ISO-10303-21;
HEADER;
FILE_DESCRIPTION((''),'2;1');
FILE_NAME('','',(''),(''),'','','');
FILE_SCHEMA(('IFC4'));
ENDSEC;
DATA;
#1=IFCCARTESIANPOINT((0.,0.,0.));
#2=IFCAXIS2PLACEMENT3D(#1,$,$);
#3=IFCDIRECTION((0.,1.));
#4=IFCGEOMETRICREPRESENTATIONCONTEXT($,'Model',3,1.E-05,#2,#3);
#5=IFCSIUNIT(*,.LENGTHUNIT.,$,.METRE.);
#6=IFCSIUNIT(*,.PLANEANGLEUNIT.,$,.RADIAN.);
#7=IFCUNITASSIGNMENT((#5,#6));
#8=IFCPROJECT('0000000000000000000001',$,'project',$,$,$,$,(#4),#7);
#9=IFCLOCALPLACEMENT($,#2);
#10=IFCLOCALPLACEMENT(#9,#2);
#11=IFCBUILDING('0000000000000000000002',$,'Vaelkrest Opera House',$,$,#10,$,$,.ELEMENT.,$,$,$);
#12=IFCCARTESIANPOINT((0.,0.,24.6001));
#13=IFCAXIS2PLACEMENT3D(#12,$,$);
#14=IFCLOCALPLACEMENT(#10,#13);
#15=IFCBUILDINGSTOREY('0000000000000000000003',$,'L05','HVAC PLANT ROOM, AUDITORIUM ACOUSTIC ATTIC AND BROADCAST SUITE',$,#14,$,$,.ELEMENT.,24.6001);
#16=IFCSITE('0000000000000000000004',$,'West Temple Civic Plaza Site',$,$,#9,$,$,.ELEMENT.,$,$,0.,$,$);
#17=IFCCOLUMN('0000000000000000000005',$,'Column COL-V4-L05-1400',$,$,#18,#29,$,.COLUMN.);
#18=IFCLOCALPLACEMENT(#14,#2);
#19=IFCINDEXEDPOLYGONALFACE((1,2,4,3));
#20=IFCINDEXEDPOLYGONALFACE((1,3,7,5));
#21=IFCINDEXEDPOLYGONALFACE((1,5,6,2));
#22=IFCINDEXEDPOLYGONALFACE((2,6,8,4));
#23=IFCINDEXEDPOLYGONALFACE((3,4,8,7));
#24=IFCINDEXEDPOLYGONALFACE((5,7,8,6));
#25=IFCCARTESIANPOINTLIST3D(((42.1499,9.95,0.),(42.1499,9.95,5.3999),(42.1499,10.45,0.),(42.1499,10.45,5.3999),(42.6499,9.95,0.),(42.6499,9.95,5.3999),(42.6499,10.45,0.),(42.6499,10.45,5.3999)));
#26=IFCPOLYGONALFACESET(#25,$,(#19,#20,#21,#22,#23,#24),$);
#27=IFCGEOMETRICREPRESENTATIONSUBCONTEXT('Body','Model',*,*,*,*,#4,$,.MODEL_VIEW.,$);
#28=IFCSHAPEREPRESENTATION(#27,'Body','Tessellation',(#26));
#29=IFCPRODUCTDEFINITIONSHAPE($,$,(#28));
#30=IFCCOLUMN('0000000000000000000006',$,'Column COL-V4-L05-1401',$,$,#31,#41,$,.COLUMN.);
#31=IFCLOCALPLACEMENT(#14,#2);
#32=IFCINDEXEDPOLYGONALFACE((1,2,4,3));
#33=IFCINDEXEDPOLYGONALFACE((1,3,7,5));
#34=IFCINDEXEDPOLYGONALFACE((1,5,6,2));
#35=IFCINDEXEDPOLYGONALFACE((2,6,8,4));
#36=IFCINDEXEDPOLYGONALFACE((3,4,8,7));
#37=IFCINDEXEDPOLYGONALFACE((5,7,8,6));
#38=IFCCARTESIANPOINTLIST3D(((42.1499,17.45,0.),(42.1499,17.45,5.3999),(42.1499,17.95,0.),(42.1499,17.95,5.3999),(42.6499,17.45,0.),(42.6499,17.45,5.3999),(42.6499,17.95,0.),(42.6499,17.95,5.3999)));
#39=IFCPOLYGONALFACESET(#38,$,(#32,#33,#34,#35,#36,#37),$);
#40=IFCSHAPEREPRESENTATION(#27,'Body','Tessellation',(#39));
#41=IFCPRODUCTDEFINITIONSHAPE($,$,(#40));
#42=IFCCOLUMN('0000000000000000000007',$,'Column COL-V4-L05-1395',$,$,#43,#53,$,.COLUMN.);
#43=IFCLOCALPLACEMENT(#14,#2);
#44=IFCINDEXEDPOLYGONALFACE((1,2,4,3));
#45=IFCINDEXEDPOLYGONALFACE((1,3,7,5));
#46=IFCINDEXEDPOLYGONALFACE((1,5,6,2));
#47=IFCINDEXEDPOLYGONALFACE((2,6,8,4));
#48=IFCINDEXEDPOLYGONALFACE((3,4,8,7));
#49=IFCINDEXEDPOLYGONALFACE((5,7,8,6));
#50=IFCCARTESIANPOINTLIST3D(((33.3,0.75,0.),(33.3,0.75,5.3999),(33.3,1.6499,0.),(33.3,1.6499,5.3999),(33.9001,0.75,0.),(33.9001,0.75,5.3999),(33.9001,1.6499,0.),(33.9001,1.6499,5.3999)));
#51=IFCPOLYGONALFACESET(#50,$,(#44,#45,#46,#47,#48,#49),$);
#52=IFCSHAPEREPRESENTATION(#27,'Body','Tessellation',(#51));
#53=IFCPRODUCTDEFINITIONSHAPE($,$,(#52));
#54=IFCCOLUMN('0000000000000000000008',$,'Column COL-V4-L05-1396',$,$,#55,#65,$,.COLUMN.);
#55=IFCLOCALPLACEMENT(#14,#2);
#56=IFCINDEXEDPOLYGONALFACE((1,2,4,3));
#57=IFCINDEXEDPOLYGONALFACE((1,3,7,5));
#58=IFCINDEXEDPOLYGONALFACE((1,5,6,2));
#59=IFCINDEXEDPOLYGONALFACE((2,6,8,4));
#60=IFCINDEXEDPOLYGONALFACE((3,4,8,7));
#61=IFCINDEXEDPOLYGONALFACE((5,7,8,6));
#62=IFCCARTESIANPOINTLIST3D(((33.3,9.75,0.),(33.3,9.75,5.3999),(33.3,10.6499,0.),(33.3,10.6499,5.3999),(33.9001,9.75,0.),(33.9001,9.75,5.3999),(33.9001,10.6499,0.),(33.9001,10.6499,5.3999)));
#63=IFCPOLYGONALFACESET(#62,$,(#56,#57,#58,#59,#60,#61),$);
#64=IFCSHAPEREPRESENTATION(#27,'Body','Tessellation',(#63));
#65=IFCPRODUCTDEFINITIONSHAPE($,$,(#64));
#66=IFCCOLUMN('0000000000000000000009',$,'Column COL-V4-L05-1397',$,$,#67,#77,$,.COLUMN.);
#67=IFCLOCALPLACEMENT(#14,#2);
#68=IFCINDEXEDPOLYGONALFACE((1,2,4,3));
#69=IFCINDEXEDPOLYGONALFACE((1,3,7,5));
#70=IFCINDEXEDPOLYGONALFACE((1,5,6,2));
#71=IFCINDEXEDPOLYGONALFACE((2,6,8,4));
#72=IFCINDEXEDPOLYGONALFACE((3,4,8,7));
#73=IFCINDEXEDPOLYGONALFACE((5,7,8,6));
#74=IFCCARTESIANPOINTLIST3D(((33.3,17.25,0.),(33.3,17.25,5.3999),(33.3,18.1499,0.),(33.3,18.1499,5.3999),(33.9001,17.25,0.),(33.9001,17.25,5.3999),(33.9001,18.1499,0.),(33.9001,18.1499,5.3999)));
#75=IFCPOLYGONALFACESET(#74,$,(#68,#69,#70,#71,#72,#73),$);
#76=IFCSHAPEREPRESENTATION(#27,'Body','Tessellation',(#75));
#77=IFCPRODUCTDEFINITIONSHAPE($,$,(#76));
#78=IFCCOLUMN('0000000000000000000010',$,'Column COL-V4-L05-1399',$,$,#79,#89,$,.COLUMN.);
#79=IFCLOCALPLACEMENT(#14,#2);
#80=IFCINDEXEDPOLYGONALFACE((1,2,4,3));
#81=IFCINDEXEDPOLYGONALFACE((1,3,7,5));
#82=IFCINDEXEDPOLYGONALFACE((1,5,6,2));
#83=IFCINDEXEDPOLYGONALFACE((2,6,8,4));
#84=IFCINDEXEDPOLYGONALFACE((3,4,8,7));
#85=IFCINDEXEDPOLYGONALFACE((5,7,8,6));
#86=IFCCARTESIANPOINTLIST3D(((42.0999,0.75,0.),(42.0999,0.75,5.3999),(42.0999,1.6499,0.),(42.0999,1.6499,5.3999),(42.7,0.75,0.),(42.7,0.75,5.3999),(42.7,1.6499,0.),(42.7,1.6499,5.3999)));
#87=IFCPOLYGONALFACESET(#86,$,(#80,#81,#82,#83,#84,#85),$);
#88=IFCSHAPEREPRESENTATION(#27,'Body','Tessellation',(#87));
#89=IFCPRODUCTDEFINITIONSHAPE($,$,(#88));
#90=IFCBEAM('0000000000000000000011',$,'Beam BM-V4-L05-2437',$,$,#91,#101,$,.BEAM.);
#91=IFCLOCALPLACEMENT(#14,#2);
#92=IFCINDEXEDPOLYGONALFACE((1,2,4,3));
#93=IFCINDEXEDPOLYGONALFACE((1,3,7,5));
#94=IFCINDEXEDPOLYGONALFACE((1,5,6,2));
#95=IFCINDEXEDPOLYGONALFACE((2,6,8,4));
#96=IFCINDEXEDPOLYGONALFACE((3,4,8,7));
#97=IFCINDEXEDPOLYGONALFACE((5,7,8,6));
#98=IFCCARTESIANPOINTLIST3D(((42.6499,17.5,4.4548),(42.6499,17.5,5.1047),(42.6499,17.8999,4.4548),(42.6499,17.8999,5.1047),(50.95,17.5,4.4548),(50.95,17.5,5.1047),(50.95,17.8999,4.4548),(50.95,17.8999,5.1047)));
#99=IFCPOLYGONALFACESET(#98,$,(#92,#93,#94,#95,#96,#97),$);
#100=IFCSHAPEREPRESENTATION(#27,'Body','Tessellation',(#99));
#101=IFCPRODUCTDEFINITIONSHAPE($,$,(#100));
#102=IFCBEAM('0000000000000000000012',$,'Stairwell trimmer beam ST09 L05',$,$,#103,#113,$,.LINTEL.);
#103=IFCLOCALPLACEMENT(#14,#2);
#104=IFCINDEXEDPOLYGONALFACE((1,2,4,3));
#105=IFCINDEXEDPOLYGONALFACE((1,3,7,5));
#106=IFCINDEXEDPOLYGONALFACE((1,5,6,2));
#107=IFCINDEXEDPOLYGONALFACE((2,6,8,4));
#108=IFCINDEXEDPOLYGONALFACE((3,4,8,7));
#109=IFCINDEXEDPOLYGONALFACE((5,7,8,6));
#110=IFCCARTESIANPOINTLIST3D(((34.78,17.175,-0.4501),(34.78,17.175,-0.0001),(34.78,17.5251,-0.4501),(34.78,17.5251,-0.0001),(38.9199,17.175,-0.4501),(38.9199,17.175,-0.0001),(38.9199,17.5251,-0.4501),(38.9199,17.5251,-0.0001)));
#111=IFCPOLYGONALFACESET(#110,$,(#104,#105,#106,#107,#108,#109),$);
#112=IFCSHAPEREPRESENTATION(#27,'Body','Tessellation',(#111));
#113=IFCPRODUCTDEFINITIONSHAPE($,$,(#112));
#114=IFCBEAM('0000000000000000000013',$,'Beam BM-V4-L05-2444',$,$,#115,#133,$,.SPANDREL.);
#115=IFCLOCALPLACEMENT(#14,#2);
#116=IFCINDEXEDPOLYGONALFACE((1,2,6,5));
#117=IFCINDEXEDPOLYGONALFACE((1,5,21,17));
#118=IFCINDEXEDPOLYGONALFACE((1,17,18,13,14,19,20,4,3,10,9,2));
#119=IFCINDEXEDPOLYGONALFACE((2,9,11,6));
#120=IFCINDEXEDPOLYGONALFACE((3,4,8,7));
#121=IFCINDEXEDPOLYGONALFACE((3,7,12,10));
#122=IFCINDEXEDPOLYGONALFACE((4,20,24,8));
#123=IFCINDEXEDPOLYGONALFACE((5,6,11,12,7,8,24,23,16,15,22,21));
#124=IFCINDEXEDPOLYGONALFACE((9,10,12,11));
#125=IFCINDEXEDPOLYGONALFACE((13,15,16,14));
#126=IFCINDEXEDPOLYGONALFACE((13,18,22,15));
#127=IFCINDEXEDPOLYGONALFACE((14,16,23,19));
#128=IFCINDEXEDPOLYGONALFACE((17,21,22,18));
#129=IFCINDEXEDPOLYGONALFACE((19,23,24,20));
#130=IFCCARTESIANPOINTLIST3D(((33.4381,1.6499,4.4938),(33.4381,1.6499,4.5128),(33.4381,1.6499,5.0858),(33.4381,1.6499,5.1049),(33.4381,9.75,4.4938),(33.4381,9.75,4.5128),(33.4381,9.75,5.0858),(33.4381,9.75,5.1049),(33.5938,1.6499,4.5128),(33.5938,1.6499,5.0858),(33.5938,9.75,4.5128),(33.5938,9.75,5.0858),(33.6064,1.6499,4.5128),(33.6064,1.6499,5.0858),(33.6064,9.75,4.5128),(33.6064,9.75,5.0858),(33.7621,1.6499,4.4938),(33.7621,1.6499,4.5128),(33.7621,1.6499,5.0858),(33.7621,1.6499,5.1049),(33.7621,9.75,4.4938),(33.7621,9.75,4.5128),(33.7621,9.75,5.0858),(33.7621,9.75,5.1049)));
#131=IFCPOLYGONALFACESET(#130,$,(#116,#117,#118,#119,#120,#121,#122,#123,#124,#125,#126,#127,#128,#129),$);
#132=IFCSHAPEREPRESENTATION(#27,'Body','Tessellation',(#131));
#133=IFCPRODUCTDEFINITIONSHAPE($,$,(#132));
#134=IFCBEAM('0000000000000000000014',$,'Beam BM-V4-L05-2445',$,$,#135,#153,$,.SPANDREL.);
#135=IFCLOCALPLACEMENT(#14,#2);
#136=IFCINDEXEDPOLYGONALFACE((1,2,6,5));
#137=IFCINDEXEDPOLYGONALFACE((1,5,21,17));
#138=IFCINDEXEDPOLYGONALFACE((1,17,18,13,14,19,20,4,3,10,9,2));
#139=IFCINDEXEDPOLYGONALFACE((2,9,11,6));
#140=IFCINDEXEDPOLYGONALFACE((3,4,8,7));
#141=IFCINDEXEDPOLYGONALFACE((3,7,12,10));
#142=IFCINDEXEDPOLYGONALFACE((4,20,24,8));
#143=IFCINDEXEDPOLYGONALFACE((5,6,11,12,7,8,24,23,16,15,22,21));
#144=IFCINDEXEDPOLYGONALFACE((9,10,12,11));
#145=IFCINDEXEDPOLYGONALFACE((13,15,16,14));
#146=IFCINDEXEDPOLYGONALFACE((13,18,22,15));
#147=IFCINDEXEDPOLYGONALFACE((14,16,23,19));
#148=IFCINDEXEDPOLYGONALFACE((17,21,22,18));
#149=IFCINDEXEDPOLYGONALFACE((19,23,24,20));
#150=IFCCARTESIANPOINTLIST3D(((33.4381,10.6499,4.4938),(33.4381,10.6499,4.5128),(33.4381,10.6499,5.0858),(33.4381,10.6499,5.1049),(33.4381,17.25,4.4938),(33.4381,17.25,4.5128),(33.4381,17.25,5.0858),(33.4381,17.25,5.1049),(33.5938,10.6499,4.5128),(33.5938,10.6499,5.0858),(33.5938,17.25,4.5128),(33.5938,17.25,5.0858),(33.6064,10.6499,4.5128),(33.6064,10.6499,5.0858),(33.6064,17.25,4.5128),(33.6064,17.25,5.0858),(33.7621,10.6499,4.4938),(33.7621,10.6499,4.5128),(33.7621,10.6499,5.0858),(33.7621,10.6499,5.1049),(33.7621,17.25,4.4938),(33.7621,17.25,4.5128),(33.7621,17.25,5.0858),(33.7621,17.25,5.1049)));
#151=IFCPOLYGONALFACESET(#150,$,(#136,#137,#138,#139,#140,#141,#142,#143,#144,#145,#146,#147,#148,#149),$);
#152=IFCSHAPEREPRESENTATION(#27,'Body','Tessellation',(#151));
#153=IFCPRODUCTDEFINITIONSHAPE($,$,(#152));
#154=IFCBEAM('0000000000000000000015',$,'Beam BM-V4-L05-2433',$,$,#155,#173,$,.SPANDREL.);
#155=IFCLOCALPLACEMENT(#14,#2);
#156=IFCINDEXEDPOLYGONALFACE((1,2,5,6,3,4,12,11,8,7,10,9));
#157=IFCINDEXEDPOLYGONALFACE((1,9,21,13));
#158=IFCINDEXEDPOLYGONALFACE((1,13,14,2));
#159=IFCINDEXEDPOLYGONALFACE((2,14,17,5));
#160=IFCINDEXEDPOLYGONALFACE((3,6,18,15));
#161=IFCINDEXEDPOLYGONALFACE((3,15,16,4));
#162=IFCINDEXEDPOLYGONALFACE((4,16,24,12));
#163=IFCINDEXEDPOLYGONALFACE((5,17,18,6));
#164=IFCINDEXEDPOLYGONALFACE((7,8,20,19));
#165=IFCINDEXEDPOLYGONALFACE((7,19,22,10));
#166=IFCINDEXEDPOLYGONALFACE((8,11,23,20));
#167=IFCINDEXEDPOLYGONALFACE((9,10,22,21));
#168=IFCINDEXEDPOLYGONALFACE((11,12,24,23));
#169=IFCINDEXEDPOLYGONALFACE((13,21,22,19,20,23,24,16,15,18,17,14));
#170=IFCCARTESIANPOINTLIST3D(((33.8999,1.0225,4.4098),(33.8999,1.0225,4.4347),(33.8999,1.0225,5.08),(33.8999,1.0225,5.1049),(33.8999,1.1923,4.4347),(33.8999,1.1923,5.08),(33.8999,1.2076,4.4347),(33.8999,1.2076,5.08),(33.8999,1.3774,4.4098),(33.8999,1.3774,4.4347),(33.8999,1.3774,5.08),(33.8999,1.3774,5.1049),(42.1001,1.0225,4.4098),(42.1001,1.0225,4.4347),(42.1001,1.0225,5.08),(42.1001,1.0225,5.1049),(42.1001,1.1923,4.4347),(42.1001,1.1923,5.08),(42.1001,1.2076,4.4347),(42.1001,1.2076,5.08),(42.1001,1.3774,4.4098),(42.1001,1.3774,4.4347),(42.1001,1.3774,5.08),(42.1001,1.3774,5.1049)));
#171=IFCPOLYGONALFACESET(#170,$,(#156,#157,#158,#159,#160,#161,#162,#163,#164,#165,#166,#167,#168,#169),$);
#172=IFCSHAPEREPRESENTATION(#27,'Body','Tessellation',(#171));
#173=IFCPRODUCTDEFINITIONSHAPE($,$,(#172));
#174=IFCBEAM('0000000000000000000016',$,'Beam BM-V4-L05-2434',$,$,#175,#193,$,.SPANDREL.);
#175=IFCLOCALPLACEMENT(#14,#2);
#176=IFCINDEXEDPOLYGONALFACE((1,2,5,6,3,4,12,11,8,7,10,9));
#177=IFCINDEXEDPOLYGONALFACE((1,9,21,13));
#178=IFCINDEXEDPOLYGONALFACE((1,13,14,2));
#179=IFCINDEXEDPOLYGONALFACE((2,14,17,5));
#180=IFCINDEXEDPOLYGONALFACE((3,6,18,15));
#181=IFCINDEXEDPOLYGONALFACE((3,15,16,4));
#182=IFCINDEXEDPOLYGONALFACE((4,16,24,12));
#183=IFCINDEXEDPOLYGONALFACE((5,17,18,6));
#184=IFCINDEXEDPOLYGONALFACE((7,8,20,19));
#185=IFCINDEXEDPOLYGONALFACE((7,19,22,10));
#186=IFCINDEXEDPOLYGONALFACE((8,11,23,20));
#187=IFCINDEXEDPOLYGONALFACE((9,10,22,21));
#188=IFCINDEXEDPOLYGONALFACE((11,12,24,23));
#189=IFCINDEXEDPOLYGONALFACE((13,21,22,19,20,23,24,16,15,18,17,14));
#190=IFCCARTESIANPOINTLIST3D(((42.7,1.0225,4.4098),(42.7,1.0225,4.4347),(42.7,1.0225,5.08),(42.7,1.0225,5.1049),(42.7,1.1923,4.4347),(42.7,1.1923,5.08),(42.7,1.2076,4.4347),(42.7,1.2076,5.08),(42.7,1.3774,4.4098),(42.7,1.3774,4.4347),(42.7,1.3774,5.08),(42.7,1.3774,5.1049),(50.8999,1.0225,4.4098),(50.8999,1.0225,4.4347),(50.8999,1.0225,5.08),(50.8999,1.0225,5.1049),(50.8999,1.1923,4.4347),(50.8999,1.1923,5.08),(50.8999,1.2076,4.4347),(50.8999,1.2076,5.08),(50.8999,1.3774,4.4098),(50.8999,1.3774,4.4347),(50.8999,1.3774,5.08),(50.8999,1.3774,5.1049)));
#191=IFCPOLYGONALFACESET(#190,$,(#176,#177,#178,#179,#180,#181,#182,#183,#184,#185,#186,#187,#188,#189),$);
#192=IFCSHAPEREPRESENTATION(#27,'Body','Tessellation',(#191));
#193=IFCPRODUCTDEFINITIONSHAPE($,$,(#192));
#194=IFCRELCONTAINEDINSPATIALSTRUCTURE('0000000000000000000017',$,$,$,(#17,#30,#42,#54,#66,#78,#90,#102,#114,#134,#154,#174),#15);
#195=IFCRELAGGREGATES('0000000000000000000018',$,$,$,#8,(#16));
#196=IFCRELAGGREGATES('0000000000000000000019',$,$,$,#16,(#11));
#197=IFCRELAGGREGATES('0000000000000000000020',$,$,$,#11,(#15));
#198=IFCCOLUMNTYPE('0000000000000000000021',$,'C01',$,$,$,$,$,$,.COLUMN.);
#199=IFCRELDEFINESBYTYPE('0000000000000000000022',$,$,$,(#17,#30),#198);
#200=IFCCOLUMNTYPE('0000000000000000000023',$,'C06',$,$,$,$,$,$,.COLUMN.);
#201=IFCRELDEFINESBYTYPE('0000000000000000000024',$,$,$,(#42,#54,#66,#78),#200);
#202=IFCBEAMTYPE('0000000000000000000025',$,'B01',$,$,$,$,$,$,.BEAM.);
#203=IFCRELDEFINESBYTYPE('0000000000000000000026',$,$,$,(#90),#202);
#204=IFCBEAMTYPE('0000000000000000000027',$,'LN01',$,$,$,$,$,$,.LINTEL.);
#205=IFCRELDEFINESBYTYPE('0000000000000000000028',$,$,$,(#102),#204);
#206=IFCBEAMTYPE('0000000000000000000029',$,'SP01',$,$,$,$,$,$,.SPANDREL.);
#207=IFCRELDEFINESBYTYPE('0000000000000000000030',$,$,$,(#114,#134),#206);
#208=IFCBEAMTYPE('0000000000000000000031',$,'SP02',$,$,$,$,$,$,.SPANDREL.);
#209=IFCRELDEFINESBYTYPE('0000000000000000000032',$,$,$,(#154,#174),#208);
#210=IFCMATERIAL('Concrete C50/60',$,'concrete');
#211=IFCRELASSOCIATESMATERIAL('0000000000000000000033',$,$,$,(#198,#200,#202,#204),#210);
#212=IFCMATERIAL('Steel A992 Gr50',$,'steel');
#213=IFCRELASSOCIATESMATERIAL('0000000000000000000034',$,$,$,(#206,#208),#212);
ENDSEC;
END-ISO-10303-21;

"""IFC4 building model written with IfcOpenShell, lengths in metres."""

from ifc_helpers import new_model, si_unit, direction, frame, origin, origin_2d, place, context, subcontext, project, spatial, rectangle, i_section, extrude, material, material_profile, profile_set, type_object, element, save


model = new_model("IFC4")

# Units and contexts
model_context = context("Model", 3, precision=1e-05, world=origin(), true_north=direction((0.0, 1.0)))
body_context = subcontext(model_context, "Body", "Model", "MODEL_VIEW")
ifc_project = project(units=[si_unit("LENGTHUNIT", "METRE"), si_unit("PLANEANGLEUNIT", "RADIAN")], contexts=[model_context])

# Site, building, storey
site_placement = place(None, origin())
site = spatial("IfcSite", under=ifc_project, at=site_placement, Name="West Temple Civic Plaza Site", CompositionType="ELEMENT", RefElevation=0.0)
building_placement = place(site_placement, origin())
building = spatial("IfcBuilding", under=site, at=building_placement, Name="Vaelkrest Opera House", CompositionType="ELEMENT")
storey_placement = place(building_placement, frame((0.0, 0.0, 24.6001)))
storey = spatial("IfcBuildingStorey", under=building, at=storey_placement, Name="L05", Description="HVAC PLANT ROOM, AUDITORIUM ACOUSTIC ATTIC AND BROADCAST SUITE", CompositionType="ELEMENT", Elevation=24.6001)

# Columns
ifc_material_1 = material(Name="Concrete C50/60", Category="concrete")
ifc_material_profile_1 = material_profile(ifc_material_1, rectangle(XDim=0.5, YDim=0.5, at=origin_2d()), Name="RC500X500")
ifc_profile_set_1 = profile_set([ifc_material_profile_1], Name="Concrete C50/60")
column_type_1 = type_object("IfcColumnType", Name="C01", PredefinedType="COLUMN", material=ifc_profile_set_1)
for number, where, z_axis, x_axis, name in (
    (1, (42.3999, 10.2, 0.0), (0.0, 0.0, 1.0), (1.0, 0.0, 0.0), "Column COL-V4-L05-1400"),
    (2, (42.3999, 17.7, 0.0), (0.0, 0.0, 1.0), (1.0, 0.0, 0.0), "Column COL-V4-L05-1401"),
):
    element("IfcColumn", number, at=place(storey_placement, frame(where, z_axis=z_axis, x_axis=x_axis)), inside=storey, type_object=column_type_1, Name=name, PredefinedType="COLUMN", context=body_context, shape_type="SweptSolid", body=[
        extrude(rectangle(XDim=0.5, YDim=0.5, at=origin_2d()), origin(), (0.0, 0.0, 1.0), 5.3999),
    ])
ifc_material_profile_2 = material_profile(ifc_material_1, rectangle(XDim=0.6001, YDim=0.8999, at=origin_2d()), Name="RC600X900")
ifc_profile_set_2 = profile_set([ifc_material_profile_2], Name="Concrete C50/60")
column_type_2 = type_object("IfcColumnType", Name="C06", PredefinedType="COLUMN", material=ifc_profile_set_2)
for number, where, z_axis, x_axis, name in (
    (3, (33.6001, 1.2, 0.0), (0.0, 0.0, 1.0), (1.0, 0.0, 0.0), "Column COL-V4-L05-1395"),
    (4, (33.6001, 10.2, 0.0), (0.0, 0.0, 1.0), (1.0, 0.0, 0.0), "Column COL-V4-L05-1396"),
    (5, (33.6001, 17.7, 0.0), (0.0, 0.0, 1.0), (1.0, 0.0, 0.0), "Column COL-V4-L05-1397"),
    (6, (42.3999, 1.2, 0.0), (0.0, 0.0, 1.0), (1.0, 0.0, 0.0), "Column COL-V4-L05-1399"),
):
    element("IfcColumn", number, at=place(storey_placement, frame(where, z_axis=z_axis, x_axis=x_axis)), inside=storey, type_object=column_type_2, Name=name, PredefinedType="COLUMN", context=body_context, shape_type="SweptSolid", body=[
        extrude(rectangle(XDim=0.6001, YDim=0.8999, at=origin_2d()), origin(), (0.0, 0.0, 1.0), 5.3999),
    ])

# Beams
ifc_material_profile_3 = material_profile(ifc_material_1, rectangle(XDim=0.3999, YDim=0.6499, at=origin_2d()), Name="RCB400X650")
ifc_profile_set_3 = profile_set([ifc_material_profile_3], Name="Concrete C50/60")
beam_type_1 = type_object("IfcBeamType", Name="B01", PredefinedType="BEAM", material=ifc_profile_set_3)
beam_1_placement = place(storey_placement, frame((42.6499, 17.7, 4.7798), z_axis=(1.0, 0.0, 0.0), x_axis=(0.0, 1.0, 0.0)))
element("IfcBeam", 7, at=beam_1_placement, inside=storey, type_object=beam_type_1, Name="Beam BM-V4-L05-2437", PredefinedType="BEAM", context=body_context, shape_type="SweptSolid", body=[
    extrude(rectangle(XDim=0.3999, YDim=0.6499, at=origin_2d()), origin(), (0.0, 0.0, 1.0), 8.3),
])
ifc_material_profile_4 = material_profile(ifc_material_1, rectangle(XDim=0.3501, YDim=0.45, at=origin_2d()), Name="RCB350X450")
ifc_profile_set_4 = profile_set([ifc_material_profile_4], Name="Concrete C50/60")
beam_type_2 = type_object("IfcBeamType", Name="LN01", PredefinedType="LINTEL", material=ifc_profile_set_4)
beam_2_placement = place(storey_placement, frame((34.78, 17.3501, -0.2251), z_axis=(1.0, 0.0, 0.0), x_axis=(0.0, 1.0, 0.0)))
element("IfcBeam", 8, at=beam_2_placement, inside=storey, type_object=beam_type_2, Name="Stairwell trimmer beam ST09 L05", PredefinedType="LINTEL", context=body_context, shape_type="SweptSolid", body=[
    extrude(rectangle(XDim=0.3501, YDim=0.45, at=origin_2d()), origin(), (0.0, 0.0, 1.0), 4.1399),
])
ifc_material_2 = material(Name="Steel A992 Gr50", Category="steel")
ifc_material_profile_5 = material_profile(ifc_material_2, i_section(OverallWidth=0.324, OverallDepth=0.6111, WebThickness=0.0127, FlangeThickness=0.019, at=origin_2d()), Name="W24X104")
ifc_profile_set_5 = profile_set([ifc_material_profile_5], Name="Steel A992 Gr50")
beam_type_3 = type_object("IfcBeamType", Name="SP01", PredefinedType="SPANDREL", material=ifc_profile_set_5)
beam_3_placement = place(storey_placement, frame((33.6001, 1.6499, 4.7993), z_axis=(0.0, 1.0, 0.0), x_axis=(-1.0, 0.0, 0.0)))
element("IfcBeam", 9, at=beam_3_placement, inside=storey, type_object=beam_type_3, Name="Beam BM-V4-L05-2444", PredefinedType="SPANDREL", context=body_context, shape_type="SweptSolid", body=[
    extrude(i_section(OverallWidth=0.324, OverallDepth=0.6111, WebThickness=0.0127, FlangeThickness=0.019, at=origin_2d()), origin(), (0.0, 0.0, 1.0), 8.1001),
])
beam_4_placement = place(storey_placement, frame((33.6001, 10.6499, 4.7993), z_axis=(0.0, 1.0, 0.0), x_axis=(-1.0, 0.0, 0.0)))
element("IfcBeam", 10, at=beam_4_placement, inside=storey, type_object=beam_type_3, Name="Beam BM-V4-L05-2445", PredefinedType="SPANDREL", context=body_context, shape_type="SweptSolid", body=[
    extrude(i_section(OverallWidth=0.324, OverallDepth=0.6111, WebThickness=0.0127, FlangeThickness=0.019, at=origin_2d()), origin(), (0.0, 0.0, 1.0), 6.6001),
])
ifc_material_profile_6 = material_profile(ifc_material_2, i_section(OverallWidth=0.355, OverallDepth=0.6951, WebThickness=0.0154, FlangeThickness=0.0249, at=origin_2d()), Name="W27X146")
ifc_profile_set_6 = profile_set([ifc_material_profile_6], Name="Steel A992 Gr50")
beam_type_4 = type_object("IfcBeamType", Name="SP02", PredefinedType="SPANDREL", material=ifc_profile_set_6)
beam_5_placement = place(storey_placement, frame((33.8999, 1.2, 4.7573), z_axis=(1.0, 0.0, 0.0), x_axis=(0.0, 1.0, 0.0)))
element("IfcBeam", 11, at=beam_5_placement, inside=storey, type_object=beam_type_4, Name="Beam BM-V4-L05-2433", PredefinedType="SPANDREL", context=body_context, shape_type="SweptSolid", body=[
    extrude(i_section(OverallWidth=0.355, OverallDepth=0.6951, WebThickness=0.0154, FlangeThickness=0.0249, at=origin_2d()), origin(), (0.0, 0.0, 1.0), 8.2002),
])
beam_6_placement = place(storey_placement, frame((42.7, 1.2, 4.7573), z_axis=(1.0, 0.0, 0.0), x_axis=(0.0, 1.0, 0.0)))
element("IfcBeam", 12, at=beam_6_placement, inside=storey, type_object=beam_type_4, Name="Beam BM-V4-L05-2434", PredefinedType="SPANDREL", context=body_context, shape_type="SweptSolid", body=[
    extrude(i_section(OverallWidth=0.355, OverallDepth=0.6951, WebThickness=0.0154, FlangeThickness=0.0249, at=origin_2d()), origin(), (0.0, 0.0, 1.0), 8.2),
])

save(model, "model.ifc")
